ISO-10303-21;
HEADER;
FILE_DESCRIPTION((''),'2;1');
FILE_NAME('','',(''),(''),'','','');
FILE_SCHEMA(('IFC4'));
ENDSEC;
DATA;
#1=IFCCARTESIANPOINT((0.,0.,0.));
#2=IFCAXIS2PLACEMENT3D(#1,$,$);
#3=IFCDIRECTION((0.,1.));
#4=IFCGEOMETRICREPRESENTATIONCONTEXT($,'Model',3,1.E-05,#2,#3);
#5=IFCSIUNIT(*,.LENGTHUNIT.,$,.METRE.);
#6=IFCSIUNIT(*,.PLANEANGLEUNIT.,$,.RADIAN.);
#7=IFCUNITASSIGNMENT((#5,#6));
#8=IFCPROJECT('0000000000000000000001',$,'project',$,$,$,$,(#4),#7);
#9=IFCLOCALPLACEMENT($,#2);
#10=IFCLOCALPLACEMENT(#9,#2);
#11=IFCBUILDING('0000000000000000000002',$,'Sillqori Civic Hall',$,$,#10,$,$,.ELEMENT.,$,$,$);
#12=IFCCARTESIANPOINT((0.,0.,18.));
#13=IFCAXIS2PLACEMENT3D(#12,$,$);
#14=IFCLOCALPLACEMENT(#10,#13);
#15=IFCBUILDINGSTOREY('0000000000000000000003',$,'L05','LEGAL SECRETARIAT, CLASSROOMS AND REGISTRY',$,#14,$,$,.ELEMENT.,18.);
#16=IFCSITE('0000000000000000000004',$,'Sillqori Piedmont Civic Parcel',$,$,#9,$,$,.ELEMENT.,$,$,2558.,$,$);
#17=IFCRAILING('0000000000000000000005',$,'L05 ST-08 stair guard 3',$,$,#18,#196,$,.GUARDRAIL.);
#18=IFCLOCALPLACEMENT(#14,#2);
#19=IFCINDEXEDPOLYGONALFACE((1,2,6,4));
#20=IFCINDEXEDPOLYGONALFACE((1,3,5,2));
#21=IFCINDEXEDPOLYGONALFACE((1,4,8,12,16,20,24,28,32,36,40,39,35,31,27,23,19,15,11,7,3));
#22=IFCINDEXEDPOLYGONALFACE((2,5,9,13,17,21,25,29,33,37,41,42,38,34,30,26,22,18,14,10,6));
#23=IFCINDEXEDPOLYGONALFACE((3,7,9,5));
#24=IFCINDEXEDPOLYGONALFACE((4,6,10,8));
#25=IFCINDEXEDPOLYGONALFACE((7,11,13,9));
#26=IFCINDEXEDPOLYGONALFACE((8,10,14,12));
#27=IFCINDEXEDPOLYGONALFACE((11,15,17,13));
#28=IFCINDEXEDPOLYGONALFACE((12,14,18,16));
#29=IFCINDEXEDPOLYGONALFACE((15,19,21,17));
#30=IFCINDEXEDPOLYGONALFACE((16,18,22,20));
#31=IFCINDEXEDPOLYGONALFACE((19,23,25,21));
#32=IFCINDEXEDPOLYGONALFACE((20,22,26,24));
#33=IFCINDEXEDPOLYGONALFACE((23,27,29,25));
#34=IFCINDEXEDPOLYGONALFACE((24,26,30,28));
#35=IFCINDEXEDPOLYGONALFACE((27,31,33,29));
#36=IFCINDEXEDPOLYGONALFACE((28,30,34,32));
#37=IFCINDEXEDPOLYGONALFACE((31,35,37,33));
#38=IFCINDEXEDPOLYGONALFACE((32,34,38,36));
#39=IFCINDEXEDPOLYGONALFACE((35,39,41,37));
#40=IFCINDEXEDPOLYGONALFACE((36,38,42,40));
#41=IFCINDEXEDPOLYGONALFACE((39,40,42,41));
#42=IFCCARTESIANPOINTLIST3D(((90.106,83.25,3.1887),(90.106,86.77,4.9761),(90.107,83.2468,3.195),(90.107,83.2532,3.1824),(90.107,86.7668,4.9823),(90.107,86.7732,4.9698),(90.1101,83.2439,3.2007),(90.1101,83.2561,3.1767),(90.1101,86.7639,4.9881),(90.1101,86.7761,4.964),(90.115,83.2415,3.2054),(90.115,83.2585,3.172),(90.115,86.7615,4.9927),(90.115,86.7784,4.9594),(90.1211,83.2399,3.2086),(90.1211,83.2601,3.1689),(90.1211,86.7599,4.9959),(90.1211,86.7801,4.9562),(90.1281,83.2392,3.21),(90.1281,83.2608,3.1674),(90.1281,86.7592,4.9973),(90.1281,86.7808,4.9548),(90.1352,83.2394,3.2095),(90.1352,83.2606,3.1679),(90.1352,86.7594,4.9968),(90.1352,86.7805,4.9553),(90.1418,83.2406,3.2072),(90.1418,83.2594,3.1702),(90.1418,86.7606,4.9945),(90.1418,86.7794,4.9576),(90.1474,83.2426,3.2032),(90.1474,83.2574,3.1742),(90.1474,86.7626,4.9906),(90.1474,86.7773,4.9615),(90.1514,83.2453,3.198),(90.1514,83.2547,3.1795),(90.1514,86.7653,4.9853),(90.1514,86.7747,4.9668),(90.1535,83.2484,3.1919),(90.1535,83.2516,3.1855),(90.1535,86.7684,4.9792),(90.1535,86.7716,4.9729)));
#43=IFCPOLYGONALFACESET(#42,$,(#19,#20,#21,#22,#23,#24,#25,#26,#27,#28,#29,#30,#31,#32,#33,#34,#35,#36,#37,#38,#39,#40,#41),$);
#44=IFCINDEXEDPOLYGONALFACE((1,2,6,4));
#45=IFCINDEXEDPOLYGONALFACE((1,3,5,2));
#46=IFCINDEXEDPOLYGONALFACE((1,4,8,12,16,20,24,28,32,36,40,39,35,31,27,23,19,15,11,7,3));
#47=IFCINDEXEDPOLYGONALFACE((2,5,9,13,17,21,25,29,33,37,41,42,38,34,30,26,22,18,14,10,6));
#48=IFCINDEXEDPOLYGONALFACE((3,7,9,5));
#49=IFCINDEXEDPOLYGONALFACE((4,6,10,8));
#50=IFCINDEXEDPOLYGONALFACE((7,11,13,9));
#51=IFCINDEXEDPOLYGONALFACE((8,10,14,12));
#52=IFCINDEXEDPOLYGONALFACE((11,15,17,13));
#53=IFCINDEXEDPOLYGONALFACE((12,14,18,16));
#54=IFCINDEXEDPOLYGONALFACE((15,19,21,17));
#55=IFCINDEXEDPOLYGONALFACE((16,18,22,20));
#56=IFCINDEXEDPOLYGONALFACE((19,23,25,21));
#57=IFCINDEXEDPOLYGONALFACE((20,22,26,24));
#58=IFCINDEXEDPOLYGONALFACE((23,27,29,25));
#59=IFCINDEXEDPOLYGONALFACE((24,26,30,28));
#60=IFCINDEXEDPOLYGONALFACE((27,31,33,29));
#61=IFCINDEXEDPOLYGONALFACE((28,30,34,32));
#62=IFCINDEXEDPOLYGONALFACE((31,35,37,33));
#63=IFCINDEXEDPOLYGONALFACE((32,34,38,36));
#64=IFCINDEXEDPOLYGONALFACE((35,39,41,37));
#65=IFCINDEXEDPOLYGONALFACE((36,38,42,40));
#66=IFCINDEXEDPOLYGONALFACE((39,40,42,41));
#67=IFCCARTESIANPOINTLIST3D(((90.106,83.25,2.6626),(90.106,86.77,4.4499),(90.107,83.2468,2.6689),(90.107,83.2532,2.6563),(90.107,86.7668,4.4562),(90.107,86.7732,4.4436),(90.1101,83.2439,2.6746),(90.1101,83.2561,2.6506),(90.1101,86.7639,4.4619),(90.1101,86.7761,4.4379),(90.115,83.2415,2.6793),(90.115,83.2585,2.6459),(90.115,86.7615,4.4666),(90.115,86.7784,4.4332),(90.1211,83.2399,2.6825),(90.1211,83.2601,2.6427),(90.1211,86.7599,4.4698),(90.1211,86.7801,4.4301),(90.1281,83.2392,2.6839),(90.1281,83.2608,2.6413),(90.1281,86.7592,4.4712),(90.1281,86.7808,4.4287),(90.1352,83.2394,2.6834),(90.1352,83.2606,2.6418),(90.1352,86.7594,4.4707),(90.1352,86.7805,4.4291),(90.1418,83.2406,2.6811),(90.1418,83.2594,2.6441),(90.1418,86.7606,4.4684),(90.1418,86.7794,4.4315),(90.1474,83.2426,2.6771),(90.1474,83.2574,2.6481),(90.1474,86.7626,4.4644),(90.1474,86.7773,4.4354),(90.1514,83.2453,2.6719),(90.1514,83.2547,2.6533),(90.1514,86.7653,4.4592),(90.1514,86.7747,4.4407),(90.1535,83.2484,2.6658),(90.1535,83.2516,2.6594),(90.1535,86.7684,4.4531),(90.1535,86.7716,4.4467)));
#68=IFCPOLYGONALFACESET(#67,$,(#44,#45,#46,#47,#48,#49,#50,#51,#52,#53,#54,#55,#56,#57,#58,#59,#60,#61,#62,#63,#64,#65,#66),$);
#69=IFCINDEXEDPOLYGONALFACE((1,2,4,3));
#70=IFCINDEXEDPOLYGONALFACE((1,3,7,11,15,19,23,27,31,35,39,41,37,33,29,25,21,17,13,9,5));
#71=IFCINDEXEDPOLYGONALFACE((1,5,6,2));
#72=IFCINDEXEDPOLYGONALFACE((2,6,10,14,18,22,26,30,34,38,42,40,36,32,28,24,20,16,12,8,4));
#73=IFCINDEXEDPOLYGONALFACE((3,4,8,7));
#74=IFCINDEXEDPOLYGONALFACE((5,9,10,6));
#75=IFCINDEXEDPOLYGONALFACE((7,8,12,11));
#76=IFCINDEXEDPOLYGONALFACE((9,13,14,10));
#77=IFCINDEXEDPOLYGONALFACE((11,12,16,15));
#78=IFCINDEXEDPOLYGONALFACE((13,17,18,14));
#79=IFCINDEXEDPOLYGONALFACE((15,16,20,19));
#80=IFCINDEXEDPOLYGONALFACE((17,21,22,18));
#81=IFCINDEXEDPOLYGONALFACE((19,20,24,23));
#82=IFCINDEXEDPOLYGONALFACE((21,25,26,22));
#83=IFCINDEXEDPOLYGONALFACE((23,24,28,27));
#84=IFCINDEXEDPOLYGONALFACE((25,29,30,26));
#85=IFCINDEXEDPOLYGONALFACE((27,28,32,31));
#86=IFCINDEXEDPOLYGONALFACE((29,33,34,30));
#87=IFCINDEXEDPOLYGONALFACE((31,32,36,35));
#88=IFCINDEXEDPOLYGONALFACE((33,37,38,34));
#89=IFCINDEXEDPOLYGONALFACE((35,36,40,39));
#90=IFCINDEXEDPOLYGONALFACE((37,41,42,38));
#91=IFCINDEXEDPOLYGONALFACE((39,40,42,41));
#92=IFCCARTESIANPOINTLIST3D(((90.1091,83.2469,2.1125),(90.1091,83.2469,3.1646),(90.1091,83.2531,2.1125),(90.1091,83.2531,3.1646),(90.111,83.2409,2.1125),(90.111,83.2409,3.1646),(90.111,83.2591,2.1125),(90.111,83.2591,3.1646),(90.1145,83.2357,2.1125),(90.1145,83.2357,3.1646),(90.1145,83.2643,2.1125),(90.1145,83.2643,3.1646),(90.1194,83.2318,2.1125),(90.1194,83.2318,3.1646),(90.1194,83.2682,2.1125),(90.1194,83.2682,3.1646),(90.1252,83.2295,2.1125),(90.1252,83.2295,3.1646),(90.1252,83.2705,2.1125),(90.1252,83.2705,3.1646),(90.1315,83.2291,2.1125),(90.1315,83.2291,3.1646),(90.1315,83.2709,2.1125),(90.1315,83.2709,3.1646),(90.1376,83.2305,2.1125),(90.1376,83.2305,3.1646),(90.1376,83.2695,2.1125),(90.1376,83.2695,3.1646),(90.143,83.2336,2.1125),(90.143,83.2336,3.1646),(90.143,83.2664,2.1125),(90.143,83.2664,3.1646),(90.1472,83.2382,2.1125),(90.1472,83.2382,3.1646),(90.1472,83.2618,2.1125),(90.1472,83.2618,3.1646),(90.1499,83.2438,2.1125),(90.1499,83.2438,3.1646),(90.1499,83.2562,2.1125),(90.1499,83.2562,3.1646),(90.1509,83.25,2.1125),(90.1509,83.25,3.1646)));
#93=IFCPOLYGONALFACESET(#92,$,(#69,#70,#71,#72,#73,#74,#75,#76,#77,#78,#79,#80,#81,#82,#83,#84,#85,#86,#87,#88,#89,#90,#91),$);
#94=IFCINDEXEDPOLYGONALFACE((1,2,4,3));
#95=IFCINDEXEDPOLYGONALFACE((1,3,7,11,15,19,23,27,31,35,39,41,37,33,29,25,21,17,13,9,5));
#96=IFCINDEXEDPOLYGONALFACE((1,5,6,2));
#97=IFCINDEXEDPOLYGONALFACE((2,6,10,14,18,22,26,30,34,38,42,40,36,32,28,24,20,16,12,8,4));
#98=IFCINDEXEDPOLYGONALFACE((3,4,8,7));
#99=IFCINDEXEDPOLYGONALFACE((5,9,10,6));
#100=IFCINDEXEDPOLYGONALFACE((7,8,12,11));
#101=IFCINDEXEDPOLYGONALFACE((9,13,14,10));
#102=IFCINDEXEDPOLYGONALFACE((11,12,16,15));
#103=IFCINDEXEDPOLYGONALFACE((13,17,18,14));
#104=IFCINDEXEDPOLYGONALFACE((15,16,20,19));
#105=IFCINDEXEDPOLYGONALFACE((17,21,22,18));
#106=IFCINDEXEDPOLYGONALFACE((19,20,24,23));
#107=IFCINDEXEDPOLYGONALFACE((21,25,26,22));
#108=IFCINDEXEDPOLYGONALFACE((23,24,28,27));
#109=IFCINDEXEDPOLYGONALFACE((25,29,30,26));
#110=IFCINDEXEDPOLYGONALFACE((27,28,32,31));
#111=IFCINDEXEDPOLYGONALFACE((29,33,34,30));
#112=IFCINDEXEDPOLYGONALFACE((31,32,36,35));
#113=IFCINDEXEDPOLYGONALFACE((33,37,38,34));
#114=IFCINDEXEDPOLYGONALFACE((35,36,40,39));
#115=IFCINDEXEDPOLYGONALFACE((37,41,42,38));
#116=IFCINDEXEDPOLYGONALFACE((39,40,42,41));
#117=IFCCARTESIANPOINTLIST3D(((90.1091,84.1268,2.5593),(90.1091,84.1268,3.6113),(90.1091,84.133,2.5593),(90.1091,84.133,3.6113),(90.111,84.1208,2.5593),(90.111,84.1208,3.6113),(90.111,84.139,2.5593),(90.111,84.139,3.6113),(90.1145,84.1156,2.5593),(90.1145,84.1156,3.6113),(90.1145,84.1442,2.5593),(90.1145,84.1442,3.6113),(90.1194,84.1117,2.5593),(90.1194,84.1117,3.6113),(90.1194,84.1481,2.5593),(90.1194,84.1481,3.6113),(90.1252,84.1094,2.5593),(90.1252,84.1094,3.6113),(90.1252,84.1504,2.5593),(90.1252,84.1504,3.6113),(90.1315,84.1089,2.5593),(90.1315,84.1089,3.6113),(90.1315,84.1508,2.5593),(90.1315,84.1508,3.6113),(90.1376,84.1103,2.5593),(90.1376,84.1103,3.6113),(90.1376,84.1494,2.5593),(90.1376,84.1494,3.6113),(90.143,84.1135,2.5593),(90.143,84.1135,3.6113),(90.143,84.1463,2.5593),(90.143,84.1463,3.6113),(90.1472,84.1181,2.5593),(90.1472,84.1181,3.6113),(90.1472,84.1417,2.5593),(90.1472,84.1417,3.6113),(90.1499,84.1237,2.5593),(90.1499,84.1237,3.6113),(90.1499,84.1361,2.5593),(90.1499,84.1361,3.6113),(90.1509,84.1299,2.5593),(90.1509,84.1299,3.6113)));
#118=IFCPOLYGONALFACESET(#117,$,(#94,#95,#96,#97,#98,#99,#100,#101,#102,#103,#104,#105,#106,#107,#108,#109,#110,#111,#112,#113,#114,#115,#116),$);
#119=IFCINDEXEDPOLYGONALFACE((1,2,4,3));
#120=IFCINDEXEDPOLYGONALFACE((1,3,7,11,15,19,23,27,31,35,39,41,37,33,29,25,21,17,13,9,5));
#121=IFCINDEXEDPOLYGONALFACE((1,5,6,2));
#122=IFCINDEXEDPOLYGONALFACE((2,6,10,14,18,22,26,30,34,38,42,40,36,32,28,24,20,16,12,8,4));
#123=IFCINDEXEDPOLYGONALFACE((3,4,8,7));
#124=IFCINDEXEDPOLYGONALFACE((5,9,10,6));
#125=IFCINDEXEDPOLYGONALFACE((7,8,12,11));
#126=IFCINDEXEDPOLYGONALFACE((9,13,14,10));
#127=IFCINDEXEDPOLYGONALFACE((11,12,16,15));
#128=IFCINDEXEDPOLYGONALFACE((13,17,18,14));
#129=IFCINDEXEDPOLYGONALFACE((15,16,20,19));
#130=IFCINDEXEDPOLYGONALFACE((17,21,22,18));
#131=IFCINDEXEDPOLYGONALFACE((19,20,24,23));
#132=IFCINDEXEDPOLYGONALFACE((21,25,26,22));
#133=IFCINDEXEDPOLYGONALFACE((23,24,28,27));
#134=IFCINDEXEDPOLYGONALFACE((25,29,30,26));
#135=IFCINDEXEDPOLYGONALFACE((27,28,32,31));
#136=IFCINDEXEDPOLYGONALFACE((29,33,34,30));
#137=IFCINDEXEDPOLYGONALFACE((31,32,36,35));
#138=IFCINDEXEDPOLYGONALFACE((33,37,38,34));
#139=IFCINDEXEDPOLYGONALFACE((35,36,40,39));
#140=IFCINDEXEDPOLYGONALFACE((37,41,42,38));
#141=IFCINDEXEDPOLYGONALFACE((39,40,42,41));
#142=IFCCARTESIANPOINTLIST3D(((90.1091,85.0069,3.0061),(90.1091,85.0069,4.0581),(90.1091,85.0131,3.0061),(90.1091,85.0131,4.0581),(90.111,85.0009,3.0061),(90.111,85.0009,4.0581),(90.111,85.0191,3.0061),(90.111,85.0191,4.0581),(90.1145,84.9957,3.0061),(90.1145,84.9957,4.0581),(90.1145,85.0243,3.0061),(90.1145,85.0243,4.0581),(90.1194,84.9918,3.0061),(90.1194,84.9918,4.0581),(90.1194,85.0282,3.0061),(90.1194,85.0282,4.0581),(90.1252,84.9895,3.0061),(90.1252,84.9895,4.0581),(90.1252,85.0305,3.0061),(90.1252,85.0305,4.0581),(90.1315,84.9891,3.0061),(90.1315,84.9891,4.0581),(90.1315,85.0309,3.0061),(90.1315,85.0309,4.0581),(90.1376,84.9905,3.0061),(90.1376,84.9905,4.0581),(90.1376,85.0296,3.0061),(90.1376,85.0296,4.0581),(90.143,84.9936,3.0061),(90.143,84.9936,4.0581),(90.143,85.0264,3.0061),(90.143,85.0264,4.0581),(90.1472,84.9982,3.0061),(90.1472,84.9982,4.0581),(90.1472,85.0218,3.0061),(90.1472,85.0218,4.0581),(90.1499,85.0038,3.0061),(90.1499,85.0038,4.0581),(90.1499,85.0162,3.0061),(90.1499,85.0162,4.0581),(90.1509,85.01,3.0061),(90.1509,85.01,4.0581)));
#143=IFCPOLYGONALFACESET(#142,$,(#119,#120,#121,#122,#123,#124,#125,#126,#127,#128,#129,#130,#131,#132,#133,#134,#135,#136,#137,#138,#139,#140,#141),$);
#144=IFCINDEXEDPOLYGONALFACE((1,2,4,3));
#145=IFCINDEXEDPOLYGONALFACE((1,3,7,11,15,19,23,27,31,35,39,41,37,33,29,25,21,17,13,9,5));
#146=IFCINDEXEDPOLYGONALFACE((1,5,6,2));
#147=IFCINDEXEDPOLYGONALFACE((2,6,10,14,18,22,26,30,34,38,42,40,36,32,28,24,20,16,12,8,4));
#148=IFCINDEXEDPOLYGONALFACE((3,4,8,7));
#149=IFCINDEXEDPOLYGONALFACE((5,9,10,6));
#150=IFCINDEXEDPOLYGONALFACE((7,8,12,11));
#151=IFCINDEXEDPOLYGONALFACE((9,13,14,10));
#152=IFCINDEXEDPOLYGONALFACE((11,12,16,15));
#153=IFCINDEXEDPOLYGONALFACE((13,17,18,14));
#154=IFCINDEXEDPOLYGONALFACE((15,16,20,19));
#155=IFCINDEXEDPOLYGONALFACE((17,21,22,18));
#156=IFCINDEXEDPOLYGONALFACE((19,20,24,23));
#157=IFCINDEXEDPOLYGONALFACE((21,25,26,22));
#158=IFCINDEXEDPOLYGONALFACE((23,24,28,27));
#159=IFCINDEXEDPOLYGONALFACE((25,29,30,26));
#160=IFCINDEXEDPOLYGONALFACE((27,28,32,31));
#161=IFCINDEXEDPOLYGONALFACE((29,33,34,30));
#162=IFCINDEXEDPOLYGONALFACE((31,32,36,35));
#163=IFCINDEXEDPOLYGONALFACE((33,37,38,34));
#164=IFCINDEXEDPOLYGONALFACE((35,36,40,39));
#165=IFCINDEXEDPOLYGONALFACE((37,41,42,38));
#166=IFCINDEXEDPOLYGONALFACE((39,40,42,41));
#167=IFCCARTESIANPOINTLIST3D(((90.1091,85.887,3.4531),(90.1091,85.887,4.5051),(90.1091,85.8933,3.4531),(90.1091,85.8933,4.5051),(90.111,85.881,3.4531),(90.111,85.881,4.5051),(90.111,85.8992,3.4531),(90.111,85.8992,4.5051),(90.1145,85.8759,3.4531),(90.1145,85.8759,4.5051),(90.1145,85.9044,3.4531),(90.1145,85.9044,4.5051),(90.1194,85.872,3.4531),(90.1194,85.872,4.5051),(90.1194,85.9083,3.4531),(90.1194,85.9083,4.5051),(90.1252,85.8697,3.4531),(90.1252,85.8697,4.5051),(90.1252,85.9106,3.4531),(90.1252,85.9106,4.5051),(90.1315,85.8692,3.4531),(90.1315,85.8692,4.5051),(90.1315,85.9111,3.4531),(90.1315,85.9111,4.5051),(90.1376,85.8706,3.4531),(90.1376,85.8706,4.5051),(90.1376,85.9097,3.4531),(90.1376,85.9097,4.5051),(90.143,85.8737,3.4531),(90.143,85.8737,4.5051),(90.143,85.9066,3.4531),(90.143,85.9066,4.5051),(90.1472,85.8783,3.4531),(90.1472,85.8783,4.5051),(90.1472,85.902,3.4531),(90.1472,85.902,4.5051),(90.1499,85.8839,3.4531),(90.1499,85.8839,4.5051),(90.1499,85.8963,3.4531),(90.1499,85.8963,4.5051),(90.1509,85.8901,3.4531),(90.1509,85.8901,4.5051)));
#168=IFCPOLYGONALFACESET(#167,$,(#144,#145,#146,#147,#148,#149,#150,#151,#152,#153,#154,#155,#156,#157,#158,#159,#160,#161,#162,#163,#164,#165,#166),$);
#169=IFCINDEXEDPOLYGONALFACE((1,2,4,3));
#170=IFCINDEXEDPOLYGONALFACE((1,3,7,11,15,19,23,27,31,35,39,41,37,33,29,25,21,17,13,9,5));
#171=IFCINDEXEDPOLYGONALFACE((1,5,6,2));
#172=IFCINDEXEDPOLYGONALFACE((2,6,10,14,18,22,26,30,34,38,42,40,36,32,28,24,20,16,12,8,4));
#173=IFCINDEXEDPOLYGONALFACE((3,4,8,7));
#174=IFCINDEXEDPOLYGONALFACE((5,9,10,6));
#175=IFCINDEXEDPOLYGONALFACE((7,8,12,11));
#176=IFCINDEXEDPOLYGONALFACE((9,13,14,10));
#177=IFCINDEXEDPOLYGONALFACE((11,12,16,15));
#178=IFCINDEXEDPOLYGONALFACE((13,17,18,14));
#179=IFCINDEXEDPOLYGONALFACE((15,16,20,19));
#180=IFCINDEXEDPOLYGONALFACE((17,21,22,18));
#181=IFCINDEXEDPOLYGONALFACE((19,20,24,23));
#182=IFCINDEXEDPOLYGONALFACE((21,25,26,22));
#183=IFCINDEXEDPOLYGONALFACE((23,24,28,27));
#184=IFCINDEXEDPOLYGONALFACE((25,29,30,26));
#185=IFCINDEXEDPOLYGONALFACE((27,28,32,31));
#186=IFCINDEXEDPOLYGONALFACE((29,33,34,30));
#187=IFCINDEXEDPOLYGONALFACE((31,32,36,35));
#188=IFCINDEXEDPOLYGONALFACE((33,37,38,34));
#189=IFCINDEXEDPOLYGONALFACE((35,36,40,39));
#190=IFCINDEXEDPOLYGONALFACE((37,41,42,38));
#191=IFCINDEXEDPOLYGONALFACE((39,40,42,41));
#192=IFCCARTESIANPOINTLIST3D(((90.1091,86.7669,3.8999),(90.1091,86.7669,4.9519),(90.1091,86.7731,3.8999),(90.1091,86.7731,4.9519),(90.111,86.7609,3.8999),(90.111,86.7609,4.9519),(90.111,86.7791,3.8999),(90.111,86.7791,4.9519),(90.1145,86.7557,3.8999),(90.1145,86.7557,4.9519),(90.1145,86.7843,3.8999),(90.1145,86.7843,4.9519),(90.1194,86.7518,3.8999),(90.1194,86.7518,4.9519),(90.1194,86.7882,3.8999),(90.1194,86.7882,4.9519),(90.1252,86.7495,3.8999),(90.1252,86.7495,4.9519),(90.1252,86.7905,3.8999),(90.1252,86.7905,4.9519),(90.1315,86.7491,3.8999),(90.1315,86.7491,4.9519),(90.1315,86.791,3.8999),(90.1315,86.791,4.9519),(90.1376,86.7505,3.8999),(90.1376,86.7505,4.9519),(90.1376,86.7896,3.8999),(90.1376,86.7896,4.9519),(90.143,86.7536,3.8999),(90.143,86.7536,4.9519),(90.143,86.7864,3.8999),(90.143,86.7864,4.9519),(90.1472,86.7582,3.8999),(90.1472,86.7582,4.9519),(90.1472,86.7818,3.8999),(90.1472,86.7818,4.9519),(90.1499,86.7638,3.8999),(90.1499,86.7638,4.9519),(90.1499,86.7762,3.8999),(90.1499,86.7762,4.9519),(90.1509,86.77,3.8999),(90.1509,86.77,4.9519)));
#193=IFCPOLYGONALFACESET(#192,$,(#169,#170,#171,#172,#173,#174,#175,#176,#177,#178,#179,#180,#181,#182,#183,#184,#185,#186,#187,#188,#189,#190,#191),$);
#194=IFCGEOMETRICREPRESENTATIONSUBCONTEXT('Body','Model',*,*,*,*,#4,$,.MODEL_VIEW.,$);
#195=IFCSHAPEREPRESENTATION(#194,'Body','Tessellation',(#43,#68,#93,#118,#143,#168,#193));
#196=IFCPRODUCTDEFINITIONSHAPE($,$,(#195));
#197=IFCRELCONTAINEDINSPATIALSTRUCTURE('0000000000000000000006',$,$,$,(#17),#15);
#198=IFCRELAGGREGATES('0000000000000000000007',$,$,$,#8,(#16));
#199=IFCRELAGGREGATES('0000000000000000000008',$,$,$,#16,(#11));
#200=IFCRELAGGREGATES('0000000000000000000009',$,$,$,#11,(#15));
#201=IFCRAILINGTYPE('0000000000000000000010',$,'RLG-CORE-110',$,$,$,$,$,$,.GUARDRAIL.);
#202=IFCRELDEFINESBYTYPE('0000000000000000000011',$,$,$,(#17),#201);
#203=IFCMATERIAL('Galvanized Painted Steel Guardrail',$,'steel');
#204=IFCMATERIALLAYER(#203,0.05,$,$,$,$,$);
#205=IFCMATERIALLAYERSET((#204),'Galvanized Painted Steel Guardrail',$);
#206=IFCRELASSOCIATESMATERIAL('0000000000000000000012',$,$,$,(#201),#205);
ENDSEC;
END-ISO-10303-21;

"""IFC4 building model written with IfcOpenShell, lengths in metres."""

from ifc_helpers import new_model, si_unit, direction, frame, origin, origin_2d, place, context, subcontext, project, spatial, circle, extrude, material, layer, layer_set, type_object, element, save


model = new_model("IFC4")

# Units and contexts
model_context = context("Model", 3, precision=1e-05, world=origin(), true_north=direction((0.0, 1.0)))
body_context = subcontext(model_context, "Body", "Model", "MODEL_VIEW")
ifc_project = project(units=[si_unit("LENGTHUNIT", "METRE"), si_unit("PLANEANGLEUNIT", "RADIAN")], contexts=[model_context])

# Site, building, storey
site_placement = place(None, origin())
site = spatial("IfcSite", under=ifc_project, at=site_placement, Name="Sillqori Piedmont Civic Parcel", CompositionType="ELEMENT", RefElevation=2558.0)
building_placement = place(site_placement, origin())
building = spatial("IfcBuilding", under=site, at=building_placement, Name="Sillqori Civic Hall", CompositionType="ELEMENT")
storey_placement = place(building_placement, frame((0.0, 0.0, 18.0)))
storey = spatial("IfcBuildingStorey", under=building, at=storey_placement, Name="L05", Description="LEGAL SECRETARIAT, CLASSROOMS AND REGISTRY", CompositionType="ELEMENT", Elevation=18.0)

# Railing
ifc_material_1 = material(Name="Galvanized Painted Steel Guardrail", Category="steel")
ifc_layer_1 = layer(ifc_material_1, 0.05)
ifc_layer_set_1 = layer_set([ifc_layer_1], Name="Galvanized Painted Steel Guardrail")
railing_type_1 = type_object("IfcRailingType", Name="RLG-CORE-110", PredefinedType="GUARDRAIL", material=ifc_layer_set_1)
railing_1_placement = place(storey_placement, frame((90.1299, 83.25, 2.1125)))
element("IfcRailing", 1, at=railing_1_placement, inside=storey, type_object=railing_type_1, Name="L05 ST-08 stair guard 3", PredefinedType="GUARDRAIL", context=body_context, shape_type="SweptSolid", body=[
    extrude(circle(Radius=0.0239, at=origin_2d()), frame((0.0, 0.0, 1.0762), z_axis=(0.0, 0.89164, 0.452746), x_axis=(-1.0, 0.0, 0.0)), (0.0, 0.0, 1.0), 3.9478),
    extrude(circle(Radius=0.0239, at=origin_2d()), frame((0.0, 0.0, 0.55), z_axis=(0.0, 0.89164, 0.452746), x_axis=(-1.0, 0.0, 0.0)), (0.0, 0.0, 1.0), 3.9478),
    extrude(circle(Radius=0.021, at=origin_2d()), origin(), (0.0, 0.0, 1.0), 1.052),
    extrude(circle(Radius=0.021, at=origin_2d()), frame((0.0, 0.8799, 0.4468)), (0.0, 0.0, 1.0), 1.052),
    extrude(circle(Radius=0.021, at=origin_2d()), frame((0.0, 1.76, 0.8936)), (0.0, 0.0, 1.0), 1.052),
    extrude(circle(Radius=0.021, at=origin_2d()), frame((0.0, 2.6401, 1.3406)), (0.0, 0.0, 1.0), 1.052),
    extrude(circle(Radius=0.021, at=origin_2d()), frame((0.0, 3.52, 1.7874)), (0.0, 0.0, 1.0), 1.052),
])

save(model, "model.ifc")
